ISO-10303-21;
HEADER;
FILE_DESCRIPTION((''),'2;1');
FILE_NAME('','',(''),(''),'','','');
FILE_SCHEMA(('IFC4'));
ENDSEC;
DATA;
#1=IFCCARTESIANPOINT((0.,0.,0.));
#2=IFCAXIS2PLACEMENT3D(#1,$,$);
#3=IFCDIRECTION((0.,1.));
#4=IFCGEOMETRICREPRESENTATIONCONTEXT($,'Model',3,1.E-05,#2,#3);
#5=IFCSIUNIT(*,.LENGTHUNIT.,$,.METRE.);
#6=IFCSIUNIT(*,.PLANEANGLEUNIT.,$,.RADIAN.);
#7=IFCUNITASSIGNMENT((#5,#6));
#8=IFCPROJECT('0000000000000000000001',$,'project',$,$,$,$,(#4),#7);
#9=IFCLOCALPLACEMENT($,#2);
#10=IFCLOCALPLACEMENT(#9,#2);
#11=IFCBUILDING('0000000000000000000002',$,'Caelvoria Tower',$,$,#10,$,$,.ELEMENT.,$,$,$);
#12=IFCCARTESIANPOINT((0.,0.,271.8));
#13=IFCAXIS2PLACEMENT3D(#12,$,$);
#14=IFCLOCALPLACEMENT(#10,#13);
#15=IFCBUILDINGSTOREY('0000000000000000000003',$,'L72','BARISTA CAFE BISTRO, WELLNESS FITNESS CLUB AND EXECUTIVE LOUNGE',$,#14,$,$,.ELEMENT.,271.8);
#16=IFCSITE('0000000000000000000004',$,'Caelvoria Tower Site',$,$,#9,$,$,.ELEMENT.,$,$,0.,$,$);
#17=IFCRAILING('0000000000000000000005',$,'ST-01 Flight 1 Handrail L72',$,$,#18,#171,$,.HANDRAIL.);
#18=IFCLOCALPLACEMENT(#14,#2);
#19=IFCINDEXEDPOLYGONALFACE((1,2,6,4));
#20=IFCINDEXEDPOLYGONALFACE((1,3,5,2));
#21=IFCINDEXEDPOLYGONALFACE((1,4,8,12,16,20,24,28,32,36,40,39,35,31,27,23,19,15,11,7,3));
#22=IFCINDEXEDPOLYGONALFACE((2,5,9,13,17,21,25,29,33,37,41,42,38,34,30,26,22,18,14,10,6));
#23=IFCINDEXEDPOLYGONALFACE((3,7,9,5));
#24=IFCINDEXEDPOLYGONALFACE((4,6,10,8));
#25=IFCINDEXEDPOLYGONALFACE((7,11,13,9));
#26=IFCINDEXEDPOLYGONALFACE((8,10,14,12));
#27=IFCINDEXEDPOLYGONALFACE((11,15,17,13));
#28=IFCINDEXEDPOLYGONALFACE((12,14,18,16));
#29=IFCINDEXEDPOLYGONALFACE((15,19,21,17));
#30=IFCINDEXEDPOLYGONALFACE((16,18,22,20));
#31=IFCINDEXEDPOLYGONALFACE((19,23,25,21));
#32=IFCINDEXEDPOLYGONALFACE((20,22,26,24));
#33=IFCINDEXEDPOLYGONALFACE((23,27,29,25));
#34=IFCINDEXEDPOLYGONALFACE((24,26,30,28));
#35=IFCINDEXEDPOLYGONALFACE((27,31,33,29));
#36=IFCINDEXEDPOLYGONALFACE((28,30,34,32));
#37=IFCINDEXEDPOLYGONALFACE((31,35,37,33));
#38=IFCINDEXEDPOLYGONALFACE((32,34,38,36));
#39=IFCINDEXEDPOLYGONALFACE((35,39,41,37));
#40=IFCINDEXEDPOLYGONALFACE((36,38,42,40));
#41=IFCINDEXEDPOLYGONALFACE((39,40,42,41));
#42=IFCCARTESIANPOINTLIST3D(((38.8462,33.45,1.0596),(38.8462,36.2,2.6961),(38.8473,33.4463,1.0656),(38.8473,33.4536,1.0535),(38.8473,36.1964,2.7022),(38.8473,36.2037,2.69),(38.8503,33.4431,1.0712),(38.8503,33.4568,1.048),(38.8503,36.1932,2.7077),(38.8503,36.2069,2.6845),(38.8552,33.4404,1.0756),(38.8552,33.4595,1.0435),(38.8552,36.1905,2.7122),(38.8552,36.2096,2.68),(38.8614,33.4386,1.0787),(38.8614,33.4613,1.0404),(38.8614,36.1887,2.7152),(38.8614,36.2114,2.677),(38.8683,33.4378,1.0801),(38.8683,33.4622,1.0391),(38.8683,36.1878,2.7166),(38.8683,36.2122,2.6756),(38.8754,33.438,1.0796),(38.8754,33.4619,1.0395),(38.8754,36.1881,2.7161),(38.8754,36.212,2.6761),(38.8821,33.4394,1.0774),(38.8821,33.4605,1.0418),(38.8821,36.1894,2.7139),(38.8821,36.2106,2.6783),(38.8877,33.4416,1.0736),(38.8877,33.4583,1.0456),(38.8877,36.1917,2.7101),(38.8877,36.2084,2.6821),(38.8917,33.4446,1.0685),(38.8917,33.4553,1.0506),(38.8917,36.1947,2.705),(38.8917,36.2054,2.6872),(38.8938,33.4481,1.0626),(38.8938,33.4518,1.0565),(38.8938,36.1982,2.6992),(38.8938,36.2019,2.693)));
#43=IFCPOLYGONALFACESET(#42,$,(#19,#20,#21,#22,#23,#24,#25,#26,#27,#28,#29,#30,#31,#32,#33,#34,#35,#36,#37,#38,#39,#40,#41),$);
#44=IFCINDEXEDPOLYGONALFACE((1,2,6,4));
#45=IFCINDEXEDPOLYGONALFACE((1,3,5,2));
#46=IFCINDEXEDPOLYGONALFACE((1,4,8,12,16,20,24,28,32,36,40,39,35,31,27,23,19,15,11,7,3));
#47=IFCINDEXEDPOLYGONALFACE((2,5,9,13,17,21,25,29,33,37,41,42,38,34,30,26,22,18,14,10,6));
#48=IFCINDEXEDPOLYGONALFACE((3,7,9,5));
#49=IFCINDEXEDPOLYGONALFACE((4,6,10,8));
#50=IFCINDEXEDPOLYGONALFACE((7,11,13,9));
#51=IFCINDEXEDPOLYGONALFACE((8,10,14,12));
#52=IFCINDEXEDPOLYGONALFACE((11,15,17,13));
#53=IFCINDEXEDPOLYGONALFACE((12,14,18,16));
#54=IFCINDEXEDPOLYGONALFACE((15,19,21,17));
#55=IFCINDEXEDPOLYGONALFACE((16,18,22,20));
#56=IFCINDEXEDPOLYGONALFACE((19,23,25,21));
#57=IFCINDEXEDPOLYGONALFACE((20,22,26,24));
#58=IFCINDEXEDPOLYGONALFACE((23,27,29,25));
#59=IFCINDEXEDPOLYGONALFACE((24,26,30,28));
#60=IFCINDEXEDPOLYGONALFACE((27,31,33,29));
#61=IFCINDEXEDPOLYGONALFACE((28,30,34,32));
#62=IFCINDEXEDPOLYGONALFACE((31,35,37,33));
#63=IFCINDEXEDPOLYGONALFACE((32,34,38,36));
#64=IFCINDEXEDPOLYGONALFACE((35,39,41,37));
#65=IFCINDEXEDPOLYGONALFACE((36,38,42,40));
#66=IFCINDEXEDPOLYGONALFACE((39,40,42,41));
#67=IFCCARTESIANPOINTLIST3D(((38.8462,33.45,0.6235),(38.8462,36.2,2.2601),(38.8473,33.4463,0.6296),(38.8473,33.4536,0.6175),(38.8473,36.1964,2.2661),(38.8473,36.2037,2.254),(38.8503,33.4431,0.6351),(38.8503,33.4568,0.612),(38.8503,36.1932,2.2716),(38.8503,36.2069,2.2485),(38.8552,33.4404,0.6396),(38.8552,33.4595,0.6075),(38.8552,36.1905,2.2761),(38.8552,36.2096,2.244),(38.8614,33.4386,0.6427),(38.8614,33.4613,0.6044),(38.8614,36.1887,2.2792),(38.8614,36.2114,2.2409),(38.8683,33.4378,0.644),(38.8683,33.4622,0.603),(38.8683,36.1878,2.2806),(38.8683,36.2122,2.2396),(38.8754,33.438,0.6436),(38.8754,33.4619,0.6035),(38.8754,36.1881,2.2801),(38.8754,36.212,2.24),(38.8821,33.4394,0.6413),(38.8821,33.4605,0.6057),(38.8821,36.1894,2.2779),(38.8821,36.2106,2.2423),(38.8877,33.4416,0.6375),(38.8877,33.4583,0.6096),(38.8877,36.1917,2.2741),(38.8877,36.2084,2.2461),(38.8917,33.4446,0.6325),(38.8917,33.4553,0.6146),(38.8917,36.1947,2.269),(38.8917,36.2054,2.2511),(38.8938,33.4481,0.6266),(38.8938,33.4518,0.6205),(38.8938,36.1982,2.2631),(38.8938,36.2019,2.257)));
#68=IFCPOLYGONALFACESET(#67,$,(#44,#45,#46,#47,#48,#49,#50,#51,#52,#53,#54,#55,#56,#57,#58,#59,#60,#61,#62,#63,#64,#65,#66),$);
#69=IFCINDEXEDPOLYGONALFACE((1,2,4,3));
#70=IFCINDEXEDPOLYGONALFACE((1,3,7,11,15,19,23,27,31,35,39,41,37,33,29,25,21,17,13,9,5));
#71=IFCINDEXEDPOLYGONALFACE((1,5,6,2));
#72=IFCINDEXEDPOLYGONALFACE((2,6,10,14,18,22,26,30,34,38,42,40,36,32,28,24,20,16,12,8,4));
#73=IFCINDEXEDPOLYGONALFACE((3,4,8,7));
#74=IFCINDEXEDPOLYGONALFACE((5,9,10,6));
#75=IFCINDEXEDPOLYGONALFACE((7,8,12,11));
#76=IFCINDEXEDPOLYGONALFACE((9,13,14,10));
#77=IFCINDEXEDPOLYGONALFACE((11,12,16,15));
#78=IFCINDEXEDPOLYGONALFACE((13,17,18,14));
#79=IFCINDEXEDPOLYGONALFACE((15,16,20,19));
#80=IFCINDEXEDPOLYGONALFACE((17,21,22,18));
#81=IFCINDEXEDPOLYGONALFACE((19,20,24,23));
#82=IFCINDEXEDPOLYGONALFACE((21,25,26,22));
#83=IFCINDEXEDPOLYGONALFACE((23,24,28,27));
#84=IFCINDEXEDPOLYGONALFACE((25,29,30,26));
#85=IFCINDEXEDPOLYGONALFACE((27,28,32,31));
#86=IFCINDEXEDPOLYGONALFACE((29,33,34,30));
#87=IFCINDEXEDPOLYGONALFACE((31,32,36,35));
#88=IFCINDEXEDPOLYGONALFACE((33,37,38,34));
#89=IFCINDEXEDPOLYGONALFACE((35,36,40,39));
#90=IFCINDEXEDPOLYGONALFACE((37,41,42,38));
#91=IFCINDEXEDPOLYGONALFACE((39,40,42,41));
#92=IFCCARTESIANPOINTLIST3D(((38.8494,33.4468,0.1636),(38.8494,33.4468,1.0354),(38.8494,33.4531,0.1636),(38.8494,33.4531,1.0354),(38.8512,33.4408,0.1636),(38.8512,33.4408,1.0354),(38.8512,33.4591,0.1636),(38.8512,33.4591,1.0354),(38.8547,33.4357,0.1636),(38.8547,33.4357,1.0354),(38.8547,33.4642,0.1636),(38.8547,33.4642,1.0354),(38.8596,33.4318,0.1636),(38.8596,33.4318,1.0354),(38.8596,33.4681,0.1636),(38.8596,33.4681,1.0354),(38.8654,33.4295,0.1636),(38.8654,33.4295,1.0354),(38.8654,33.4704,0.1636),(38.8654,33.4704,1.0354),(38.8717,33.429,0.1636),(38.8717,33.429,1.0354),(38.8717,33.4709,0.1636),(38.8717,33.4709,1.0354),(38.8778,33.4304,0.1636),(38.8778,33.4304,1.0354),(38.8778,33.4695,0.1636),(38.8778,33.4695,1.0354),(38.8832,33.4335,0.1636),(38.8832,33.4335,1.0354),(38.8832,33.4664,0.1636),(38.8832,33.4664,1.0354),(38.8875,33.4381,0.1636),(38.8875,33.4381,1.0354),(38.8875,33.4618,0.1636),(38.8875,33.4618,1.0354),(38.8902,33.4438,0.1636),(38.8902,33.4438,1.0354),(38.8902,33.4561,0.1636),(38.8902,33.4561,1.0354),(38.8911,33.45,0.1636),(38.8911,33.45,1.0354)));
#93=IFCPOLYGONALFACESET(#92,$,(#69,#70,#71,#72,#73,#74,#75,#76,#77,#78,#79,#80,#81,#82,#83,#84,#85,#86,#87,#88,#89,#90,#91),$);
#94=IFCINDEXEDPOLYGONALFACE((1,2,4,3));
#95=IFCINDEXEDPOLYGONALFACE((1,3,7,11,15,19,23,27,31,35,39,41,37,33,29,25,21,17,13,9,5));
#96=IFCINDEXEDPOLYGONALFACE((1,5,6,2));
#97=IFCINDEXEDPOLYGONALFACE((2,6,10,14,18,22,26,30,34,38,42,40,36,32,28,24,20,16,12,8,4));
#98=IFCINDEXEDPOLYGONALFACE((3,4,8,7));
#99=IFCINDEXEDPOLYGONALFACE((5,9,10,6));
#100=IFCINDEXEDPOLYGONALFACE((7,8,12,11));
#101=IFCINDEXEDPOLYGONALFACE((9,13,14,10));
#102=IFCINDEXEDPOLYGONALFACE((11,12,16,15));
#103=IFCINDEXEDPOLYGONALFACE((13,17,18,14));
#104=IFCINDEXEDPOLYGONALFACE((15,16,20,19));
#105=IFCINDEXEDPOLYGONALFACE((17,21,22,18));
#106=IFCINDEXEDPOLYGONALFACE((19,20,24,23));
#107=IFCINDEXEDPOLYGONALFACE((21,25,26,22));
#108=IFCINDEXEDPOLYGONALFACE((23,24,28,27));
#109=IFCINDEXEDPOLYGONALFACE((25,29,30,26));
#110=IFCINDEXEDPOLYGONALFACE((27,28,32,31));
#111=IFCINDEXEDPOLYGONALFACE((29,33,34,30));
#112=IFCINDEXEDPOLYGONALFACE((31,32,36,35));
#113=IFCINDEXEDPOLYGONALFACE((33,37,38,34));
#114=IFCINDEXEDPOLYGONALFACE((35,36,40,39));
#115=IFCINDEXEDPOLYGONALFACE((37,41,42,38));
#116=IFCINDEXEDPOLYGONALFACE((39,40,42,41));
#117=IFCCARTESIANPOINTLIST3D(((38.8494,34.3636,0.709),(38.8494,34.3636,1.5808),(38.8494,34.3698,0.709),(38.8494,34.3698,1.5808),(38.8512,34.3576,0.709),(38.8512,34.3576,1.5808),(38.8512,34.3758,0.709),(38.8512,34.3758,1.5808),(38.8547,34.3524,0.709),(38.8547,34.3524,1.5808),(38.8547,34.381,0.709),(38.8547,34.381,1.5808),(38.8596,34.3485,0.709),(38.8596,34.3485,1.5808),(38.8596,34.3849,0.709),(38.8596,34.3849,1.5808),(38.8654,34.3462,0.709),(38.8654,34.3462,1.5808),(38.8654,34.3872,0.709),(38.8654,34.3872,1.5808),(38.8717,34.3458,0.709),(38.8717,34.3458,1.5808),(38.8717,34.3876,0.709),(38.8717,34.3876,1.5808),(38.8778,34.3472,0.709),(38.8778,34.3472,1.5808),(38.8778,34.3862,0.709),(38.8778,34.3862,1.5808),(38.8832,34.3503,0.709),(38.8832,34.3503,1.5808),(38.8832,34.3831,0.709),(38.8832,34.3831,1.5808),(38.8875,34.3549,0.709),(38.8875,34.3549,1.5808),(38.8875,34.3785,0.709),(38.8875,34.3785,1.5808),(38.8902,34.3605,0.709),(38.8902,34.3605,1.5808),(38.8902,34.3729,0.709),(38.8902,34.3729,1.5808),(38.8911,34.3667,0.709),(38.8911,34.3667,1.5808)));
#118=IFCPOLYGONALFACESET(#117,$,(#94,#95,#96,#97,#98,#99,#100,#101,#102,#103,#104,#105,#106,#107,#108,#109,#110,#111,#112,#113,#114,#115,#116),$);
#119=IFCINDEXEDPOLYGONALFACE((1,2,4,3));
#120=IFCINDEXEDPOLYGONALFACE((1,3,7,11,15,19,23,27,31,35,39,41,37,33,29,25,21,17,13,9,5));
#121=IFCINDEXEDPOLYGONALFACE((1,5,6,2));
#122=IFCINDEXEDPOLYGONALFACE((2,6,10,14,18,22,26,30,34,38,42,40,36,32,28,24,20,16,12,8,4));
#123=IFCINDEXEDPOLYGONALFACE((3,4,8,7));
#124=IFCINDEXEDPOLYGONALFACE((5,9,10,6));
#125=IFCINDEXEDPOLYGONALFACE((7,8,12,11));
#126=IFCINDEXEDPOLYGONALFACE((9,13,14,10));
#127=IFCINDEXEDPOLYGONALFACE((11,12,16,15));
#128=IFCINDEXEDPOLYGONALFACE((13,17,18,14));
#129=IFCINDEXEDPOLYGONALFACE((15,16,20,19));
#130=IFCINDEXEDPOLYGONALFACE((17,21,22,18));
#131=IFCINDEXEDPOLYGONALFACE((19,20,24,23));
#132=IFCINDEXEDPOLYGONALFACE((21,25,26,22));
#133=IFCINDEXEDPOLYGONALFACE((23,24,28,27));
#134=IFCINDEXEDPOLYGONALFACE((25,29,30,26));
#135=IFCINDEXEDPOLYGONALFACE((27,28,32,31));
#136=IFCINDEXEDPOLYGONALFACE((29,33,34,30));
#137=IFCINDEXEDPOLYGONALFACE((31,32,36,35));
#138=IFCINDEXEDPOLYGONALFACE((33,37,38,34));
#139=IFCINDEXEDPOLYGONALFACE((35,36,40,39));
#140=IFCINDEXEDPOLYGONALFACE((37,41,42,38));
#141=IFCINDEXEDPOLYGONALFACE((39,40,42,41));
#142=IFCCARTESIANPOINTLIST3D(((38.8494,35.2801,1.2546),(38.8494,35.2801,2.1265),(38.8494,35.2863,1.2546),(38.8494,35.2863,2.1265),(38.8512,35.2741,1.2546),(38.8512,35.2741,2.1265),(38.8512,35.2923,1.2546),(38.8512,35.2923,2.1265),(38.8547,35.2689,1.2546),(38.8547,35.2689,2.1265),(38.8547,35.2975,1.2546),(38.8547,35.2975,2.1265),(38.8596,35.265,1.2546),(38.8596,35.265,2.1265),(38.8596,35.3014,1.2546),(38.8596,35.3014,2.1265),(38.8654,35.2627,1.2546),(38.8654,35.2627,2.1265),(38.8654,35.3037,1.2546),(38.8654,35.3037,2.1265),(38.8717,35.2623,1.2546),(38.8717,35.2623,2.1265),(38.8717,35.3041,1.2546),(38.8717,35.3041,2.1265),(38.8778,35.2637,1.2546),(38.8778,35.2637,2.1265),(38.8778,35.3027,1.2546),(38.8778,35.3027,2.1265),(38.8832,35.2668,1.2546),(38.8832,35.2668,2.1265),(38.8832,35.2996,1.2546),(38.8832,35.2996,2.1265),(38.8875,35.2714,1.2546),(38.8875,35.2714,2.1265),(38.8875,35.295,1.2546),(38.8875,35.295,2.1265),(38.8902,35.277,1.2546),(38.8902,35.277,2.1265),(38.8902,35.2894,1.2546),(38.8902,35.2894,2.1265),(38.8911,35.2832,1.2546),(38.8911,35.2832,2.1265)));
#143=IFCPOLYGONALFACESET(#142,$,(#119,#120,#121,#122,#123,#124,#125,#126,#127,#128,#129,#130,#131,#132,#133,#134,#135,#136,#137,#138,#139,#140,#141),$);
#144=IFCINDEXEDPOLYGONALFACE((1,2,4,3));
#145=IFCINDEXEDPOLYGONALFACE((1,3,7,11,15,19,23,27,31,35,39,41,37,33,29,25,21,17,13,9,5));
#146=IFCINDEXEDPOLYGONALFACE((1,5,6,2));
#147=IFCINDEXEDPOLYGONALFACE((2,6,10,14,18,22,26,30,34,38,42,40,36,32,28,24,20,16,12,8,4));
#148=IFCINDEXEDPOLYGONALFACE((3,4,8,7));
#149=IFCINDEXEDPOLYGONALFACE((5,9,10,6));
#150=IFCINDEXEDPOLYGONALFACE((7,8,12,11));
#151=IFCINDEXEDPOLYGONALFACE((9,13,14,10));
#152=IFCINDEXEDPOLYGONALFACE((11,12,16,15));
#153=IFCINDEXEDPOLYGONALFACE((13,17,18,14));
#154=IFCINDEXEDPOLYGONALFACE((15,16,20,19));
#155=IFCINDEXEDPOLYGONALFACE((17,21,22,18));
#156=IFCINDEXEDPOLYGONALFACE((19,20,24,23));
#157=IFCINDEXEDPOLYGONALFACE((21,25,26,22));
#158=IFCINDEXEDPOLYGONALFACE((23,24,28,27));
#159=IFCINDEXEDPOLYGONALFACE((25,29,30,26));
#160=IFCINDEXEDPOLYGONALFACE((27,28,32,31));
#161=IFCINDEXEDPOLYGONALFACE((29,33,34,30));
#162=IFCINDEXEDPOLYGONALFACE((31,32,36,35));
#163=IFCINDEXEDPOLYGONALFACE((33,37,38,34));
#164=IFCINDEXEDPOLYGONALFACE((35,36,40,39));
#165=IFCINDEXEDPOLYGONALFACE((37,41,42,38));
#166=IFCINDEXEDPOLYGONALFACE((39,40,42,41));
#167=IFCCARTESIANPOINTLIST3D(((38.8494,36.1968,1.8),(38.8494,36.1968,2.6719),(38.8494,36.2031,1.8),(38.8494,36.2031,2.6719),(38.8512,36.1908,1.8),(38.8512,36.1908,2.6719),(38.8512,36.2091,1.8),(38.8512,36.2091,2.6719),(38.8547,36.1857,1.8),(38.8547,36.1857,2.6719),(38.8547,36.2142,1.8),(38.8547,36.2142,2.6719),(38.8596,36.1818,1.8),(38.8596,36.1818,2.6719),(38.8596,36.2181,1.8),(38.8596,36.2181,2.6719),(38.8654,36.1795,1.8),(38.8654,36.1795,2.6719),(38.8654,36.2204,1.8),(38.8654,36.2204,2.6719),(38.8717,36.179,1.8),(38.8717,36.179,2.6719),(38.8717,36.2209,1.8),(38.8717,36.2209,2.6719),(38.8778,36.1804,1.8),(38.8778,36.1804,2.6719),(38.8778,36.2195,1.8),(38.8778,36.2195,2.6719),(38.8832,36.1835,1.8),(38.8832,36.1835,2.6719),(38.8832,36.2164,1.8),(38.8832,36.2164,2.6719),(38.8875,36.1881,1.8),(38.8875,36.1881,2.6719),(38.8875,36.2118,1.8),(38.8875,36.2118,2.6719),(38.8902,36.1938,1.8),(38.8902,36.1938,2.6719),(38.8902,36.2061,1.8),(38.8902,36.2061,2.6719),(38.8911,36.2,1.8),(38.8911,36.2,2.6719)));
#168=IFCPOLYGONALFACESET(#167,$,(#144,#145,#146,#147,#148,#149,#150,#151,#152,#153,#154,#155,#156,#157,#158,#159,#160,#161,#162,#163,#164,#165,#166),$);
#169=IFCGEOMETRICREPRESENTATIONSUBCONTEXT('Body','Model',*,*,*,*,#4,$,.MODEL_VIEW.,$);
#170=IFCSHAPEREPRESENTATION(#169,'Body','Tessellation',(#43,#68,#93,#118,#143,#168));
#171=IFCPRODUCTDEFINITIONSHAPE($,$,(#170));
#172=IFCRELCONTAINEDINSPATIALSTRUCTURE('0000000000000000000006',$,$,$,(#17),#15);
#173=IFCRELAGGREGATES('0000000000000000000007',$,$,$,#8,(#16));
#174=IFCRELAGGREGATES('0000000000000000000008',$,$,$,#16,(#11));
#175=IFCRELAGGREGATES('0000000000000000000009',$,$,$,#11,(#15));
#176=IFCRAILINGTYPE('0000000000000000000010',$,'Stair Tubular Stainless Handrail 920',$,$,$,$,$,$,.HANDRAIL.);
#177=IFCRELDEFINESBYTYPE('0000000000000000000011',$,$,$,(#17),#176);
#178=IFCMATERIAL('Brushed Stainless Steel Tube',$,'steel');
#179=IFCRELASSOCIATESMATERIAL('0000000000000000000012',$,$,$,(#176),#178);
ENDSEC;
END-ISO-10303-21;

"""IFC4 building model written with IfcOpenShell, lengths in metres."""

from ifc_helpers import new_model, si_unit, direction, frame, origin, origin_2d, place, context, subcontext, project, spatial, circle, extrude, material, type_object, element, save


model = new_model("IFC4")

# Units and contexts
model_context = context("Model", 3, precision=1e-05, world=origin(), true_north=direction((0.0, 1.0)))
body_context = subcontext(model_context, "Body", "Model", "MODEL_VIEW")
ifc_project = project(units=[si_unit("LENGTHUNIT", "METRE"), si_unit("PLANEANGLEUNIT", "RADIAN")], contexts=[model_context])

# Site, building, storey
site_placement = place(None, origin())
site = spatial("IfcSite", under=ifc_project, at=site_placement, Name="Caelvoria Tower Site", CompositionType="ELEMENT", RefElevation=0.0)
building_placement = place(site_placement, origin())
building = spatial("IfcBuilding", under=site, at=building_placement, Name="Caelvoria Tower", CompositionType="ELEMENT")
storey_placement = place(building_placement, frame((0.0, 0.0, 271.8)))
storey = spatial("IfcBuildingStorey", under=building, at=storey_placement, Name="L72", Description="BARISTA CAFE BISTRO, WELLNESS FITNESS CLUB AND EXECUTIVE LOUNGE", CompositionType="ELEMENT", Elevation=271.8)

# Railing
ifc_material_1 = material(Name="Brushed Stainless Steel Tube", Category="steel")
railing_type_1 = type_object("IfcRailingType", Name="Stair Tubular Stainless Handrail 920", PredefinedType="HANDRAIL", material=ifc_material_1)
railing_1_placement = place(storey_placement, frame((38.8701, 33.45, 0.1636)))
element("IfcRailing", 1, at=railing_1_placement, inside=storey, type_object=railing_type_1, Name="ST-01 Flight 1 Handrail L72", PredefinedType="HANDRAIL", context=body_context, shape_type="SweptSolid", body=[
    extrude(circle(Radius=0.0239, at=origin_2d()), frame((0.0, 0.0, 0.896), z_axis=(0.0, 0.859352, 0.511385), x_axis=(-1.0, 0.0, 0.0)), (0.0, 0.0, 1.0), 3.2002),
    extrude(circle(Radius=0.0239, at=origin_2d()), frame((0.0, 0.0, 0.46), z_axis=(0.0, 0.859352, 0.511385), x_axis=(-1.0, 0.0, 0.0)), (0.0, 0.0, 1.0), 3.2002),
    extrude(circle(Radius=0.021, at=origin_2d()), origin(), (0.0, 0.0, 1.0), 0.8718),
    extrude(circle(Radius=0.021, at=origin_2d()), frame((0.0, 0.9167, 0.5454)), (0.0, 0.0, 1.0), 0.8718),
    extrude(circle(Radius=0.021, at=origin_2d()), frame((0.0, 1.8333, 1.0911)), (0.0, 0.0, 1.0), 0.8718),
    extrude(circle(Radius=0.021, at=origin_2d()), frame((0.0, 2.75, 1.6365)), (0.0, 0.0, 1.0), 0.8718),
])

save(model, "model.ifc")
